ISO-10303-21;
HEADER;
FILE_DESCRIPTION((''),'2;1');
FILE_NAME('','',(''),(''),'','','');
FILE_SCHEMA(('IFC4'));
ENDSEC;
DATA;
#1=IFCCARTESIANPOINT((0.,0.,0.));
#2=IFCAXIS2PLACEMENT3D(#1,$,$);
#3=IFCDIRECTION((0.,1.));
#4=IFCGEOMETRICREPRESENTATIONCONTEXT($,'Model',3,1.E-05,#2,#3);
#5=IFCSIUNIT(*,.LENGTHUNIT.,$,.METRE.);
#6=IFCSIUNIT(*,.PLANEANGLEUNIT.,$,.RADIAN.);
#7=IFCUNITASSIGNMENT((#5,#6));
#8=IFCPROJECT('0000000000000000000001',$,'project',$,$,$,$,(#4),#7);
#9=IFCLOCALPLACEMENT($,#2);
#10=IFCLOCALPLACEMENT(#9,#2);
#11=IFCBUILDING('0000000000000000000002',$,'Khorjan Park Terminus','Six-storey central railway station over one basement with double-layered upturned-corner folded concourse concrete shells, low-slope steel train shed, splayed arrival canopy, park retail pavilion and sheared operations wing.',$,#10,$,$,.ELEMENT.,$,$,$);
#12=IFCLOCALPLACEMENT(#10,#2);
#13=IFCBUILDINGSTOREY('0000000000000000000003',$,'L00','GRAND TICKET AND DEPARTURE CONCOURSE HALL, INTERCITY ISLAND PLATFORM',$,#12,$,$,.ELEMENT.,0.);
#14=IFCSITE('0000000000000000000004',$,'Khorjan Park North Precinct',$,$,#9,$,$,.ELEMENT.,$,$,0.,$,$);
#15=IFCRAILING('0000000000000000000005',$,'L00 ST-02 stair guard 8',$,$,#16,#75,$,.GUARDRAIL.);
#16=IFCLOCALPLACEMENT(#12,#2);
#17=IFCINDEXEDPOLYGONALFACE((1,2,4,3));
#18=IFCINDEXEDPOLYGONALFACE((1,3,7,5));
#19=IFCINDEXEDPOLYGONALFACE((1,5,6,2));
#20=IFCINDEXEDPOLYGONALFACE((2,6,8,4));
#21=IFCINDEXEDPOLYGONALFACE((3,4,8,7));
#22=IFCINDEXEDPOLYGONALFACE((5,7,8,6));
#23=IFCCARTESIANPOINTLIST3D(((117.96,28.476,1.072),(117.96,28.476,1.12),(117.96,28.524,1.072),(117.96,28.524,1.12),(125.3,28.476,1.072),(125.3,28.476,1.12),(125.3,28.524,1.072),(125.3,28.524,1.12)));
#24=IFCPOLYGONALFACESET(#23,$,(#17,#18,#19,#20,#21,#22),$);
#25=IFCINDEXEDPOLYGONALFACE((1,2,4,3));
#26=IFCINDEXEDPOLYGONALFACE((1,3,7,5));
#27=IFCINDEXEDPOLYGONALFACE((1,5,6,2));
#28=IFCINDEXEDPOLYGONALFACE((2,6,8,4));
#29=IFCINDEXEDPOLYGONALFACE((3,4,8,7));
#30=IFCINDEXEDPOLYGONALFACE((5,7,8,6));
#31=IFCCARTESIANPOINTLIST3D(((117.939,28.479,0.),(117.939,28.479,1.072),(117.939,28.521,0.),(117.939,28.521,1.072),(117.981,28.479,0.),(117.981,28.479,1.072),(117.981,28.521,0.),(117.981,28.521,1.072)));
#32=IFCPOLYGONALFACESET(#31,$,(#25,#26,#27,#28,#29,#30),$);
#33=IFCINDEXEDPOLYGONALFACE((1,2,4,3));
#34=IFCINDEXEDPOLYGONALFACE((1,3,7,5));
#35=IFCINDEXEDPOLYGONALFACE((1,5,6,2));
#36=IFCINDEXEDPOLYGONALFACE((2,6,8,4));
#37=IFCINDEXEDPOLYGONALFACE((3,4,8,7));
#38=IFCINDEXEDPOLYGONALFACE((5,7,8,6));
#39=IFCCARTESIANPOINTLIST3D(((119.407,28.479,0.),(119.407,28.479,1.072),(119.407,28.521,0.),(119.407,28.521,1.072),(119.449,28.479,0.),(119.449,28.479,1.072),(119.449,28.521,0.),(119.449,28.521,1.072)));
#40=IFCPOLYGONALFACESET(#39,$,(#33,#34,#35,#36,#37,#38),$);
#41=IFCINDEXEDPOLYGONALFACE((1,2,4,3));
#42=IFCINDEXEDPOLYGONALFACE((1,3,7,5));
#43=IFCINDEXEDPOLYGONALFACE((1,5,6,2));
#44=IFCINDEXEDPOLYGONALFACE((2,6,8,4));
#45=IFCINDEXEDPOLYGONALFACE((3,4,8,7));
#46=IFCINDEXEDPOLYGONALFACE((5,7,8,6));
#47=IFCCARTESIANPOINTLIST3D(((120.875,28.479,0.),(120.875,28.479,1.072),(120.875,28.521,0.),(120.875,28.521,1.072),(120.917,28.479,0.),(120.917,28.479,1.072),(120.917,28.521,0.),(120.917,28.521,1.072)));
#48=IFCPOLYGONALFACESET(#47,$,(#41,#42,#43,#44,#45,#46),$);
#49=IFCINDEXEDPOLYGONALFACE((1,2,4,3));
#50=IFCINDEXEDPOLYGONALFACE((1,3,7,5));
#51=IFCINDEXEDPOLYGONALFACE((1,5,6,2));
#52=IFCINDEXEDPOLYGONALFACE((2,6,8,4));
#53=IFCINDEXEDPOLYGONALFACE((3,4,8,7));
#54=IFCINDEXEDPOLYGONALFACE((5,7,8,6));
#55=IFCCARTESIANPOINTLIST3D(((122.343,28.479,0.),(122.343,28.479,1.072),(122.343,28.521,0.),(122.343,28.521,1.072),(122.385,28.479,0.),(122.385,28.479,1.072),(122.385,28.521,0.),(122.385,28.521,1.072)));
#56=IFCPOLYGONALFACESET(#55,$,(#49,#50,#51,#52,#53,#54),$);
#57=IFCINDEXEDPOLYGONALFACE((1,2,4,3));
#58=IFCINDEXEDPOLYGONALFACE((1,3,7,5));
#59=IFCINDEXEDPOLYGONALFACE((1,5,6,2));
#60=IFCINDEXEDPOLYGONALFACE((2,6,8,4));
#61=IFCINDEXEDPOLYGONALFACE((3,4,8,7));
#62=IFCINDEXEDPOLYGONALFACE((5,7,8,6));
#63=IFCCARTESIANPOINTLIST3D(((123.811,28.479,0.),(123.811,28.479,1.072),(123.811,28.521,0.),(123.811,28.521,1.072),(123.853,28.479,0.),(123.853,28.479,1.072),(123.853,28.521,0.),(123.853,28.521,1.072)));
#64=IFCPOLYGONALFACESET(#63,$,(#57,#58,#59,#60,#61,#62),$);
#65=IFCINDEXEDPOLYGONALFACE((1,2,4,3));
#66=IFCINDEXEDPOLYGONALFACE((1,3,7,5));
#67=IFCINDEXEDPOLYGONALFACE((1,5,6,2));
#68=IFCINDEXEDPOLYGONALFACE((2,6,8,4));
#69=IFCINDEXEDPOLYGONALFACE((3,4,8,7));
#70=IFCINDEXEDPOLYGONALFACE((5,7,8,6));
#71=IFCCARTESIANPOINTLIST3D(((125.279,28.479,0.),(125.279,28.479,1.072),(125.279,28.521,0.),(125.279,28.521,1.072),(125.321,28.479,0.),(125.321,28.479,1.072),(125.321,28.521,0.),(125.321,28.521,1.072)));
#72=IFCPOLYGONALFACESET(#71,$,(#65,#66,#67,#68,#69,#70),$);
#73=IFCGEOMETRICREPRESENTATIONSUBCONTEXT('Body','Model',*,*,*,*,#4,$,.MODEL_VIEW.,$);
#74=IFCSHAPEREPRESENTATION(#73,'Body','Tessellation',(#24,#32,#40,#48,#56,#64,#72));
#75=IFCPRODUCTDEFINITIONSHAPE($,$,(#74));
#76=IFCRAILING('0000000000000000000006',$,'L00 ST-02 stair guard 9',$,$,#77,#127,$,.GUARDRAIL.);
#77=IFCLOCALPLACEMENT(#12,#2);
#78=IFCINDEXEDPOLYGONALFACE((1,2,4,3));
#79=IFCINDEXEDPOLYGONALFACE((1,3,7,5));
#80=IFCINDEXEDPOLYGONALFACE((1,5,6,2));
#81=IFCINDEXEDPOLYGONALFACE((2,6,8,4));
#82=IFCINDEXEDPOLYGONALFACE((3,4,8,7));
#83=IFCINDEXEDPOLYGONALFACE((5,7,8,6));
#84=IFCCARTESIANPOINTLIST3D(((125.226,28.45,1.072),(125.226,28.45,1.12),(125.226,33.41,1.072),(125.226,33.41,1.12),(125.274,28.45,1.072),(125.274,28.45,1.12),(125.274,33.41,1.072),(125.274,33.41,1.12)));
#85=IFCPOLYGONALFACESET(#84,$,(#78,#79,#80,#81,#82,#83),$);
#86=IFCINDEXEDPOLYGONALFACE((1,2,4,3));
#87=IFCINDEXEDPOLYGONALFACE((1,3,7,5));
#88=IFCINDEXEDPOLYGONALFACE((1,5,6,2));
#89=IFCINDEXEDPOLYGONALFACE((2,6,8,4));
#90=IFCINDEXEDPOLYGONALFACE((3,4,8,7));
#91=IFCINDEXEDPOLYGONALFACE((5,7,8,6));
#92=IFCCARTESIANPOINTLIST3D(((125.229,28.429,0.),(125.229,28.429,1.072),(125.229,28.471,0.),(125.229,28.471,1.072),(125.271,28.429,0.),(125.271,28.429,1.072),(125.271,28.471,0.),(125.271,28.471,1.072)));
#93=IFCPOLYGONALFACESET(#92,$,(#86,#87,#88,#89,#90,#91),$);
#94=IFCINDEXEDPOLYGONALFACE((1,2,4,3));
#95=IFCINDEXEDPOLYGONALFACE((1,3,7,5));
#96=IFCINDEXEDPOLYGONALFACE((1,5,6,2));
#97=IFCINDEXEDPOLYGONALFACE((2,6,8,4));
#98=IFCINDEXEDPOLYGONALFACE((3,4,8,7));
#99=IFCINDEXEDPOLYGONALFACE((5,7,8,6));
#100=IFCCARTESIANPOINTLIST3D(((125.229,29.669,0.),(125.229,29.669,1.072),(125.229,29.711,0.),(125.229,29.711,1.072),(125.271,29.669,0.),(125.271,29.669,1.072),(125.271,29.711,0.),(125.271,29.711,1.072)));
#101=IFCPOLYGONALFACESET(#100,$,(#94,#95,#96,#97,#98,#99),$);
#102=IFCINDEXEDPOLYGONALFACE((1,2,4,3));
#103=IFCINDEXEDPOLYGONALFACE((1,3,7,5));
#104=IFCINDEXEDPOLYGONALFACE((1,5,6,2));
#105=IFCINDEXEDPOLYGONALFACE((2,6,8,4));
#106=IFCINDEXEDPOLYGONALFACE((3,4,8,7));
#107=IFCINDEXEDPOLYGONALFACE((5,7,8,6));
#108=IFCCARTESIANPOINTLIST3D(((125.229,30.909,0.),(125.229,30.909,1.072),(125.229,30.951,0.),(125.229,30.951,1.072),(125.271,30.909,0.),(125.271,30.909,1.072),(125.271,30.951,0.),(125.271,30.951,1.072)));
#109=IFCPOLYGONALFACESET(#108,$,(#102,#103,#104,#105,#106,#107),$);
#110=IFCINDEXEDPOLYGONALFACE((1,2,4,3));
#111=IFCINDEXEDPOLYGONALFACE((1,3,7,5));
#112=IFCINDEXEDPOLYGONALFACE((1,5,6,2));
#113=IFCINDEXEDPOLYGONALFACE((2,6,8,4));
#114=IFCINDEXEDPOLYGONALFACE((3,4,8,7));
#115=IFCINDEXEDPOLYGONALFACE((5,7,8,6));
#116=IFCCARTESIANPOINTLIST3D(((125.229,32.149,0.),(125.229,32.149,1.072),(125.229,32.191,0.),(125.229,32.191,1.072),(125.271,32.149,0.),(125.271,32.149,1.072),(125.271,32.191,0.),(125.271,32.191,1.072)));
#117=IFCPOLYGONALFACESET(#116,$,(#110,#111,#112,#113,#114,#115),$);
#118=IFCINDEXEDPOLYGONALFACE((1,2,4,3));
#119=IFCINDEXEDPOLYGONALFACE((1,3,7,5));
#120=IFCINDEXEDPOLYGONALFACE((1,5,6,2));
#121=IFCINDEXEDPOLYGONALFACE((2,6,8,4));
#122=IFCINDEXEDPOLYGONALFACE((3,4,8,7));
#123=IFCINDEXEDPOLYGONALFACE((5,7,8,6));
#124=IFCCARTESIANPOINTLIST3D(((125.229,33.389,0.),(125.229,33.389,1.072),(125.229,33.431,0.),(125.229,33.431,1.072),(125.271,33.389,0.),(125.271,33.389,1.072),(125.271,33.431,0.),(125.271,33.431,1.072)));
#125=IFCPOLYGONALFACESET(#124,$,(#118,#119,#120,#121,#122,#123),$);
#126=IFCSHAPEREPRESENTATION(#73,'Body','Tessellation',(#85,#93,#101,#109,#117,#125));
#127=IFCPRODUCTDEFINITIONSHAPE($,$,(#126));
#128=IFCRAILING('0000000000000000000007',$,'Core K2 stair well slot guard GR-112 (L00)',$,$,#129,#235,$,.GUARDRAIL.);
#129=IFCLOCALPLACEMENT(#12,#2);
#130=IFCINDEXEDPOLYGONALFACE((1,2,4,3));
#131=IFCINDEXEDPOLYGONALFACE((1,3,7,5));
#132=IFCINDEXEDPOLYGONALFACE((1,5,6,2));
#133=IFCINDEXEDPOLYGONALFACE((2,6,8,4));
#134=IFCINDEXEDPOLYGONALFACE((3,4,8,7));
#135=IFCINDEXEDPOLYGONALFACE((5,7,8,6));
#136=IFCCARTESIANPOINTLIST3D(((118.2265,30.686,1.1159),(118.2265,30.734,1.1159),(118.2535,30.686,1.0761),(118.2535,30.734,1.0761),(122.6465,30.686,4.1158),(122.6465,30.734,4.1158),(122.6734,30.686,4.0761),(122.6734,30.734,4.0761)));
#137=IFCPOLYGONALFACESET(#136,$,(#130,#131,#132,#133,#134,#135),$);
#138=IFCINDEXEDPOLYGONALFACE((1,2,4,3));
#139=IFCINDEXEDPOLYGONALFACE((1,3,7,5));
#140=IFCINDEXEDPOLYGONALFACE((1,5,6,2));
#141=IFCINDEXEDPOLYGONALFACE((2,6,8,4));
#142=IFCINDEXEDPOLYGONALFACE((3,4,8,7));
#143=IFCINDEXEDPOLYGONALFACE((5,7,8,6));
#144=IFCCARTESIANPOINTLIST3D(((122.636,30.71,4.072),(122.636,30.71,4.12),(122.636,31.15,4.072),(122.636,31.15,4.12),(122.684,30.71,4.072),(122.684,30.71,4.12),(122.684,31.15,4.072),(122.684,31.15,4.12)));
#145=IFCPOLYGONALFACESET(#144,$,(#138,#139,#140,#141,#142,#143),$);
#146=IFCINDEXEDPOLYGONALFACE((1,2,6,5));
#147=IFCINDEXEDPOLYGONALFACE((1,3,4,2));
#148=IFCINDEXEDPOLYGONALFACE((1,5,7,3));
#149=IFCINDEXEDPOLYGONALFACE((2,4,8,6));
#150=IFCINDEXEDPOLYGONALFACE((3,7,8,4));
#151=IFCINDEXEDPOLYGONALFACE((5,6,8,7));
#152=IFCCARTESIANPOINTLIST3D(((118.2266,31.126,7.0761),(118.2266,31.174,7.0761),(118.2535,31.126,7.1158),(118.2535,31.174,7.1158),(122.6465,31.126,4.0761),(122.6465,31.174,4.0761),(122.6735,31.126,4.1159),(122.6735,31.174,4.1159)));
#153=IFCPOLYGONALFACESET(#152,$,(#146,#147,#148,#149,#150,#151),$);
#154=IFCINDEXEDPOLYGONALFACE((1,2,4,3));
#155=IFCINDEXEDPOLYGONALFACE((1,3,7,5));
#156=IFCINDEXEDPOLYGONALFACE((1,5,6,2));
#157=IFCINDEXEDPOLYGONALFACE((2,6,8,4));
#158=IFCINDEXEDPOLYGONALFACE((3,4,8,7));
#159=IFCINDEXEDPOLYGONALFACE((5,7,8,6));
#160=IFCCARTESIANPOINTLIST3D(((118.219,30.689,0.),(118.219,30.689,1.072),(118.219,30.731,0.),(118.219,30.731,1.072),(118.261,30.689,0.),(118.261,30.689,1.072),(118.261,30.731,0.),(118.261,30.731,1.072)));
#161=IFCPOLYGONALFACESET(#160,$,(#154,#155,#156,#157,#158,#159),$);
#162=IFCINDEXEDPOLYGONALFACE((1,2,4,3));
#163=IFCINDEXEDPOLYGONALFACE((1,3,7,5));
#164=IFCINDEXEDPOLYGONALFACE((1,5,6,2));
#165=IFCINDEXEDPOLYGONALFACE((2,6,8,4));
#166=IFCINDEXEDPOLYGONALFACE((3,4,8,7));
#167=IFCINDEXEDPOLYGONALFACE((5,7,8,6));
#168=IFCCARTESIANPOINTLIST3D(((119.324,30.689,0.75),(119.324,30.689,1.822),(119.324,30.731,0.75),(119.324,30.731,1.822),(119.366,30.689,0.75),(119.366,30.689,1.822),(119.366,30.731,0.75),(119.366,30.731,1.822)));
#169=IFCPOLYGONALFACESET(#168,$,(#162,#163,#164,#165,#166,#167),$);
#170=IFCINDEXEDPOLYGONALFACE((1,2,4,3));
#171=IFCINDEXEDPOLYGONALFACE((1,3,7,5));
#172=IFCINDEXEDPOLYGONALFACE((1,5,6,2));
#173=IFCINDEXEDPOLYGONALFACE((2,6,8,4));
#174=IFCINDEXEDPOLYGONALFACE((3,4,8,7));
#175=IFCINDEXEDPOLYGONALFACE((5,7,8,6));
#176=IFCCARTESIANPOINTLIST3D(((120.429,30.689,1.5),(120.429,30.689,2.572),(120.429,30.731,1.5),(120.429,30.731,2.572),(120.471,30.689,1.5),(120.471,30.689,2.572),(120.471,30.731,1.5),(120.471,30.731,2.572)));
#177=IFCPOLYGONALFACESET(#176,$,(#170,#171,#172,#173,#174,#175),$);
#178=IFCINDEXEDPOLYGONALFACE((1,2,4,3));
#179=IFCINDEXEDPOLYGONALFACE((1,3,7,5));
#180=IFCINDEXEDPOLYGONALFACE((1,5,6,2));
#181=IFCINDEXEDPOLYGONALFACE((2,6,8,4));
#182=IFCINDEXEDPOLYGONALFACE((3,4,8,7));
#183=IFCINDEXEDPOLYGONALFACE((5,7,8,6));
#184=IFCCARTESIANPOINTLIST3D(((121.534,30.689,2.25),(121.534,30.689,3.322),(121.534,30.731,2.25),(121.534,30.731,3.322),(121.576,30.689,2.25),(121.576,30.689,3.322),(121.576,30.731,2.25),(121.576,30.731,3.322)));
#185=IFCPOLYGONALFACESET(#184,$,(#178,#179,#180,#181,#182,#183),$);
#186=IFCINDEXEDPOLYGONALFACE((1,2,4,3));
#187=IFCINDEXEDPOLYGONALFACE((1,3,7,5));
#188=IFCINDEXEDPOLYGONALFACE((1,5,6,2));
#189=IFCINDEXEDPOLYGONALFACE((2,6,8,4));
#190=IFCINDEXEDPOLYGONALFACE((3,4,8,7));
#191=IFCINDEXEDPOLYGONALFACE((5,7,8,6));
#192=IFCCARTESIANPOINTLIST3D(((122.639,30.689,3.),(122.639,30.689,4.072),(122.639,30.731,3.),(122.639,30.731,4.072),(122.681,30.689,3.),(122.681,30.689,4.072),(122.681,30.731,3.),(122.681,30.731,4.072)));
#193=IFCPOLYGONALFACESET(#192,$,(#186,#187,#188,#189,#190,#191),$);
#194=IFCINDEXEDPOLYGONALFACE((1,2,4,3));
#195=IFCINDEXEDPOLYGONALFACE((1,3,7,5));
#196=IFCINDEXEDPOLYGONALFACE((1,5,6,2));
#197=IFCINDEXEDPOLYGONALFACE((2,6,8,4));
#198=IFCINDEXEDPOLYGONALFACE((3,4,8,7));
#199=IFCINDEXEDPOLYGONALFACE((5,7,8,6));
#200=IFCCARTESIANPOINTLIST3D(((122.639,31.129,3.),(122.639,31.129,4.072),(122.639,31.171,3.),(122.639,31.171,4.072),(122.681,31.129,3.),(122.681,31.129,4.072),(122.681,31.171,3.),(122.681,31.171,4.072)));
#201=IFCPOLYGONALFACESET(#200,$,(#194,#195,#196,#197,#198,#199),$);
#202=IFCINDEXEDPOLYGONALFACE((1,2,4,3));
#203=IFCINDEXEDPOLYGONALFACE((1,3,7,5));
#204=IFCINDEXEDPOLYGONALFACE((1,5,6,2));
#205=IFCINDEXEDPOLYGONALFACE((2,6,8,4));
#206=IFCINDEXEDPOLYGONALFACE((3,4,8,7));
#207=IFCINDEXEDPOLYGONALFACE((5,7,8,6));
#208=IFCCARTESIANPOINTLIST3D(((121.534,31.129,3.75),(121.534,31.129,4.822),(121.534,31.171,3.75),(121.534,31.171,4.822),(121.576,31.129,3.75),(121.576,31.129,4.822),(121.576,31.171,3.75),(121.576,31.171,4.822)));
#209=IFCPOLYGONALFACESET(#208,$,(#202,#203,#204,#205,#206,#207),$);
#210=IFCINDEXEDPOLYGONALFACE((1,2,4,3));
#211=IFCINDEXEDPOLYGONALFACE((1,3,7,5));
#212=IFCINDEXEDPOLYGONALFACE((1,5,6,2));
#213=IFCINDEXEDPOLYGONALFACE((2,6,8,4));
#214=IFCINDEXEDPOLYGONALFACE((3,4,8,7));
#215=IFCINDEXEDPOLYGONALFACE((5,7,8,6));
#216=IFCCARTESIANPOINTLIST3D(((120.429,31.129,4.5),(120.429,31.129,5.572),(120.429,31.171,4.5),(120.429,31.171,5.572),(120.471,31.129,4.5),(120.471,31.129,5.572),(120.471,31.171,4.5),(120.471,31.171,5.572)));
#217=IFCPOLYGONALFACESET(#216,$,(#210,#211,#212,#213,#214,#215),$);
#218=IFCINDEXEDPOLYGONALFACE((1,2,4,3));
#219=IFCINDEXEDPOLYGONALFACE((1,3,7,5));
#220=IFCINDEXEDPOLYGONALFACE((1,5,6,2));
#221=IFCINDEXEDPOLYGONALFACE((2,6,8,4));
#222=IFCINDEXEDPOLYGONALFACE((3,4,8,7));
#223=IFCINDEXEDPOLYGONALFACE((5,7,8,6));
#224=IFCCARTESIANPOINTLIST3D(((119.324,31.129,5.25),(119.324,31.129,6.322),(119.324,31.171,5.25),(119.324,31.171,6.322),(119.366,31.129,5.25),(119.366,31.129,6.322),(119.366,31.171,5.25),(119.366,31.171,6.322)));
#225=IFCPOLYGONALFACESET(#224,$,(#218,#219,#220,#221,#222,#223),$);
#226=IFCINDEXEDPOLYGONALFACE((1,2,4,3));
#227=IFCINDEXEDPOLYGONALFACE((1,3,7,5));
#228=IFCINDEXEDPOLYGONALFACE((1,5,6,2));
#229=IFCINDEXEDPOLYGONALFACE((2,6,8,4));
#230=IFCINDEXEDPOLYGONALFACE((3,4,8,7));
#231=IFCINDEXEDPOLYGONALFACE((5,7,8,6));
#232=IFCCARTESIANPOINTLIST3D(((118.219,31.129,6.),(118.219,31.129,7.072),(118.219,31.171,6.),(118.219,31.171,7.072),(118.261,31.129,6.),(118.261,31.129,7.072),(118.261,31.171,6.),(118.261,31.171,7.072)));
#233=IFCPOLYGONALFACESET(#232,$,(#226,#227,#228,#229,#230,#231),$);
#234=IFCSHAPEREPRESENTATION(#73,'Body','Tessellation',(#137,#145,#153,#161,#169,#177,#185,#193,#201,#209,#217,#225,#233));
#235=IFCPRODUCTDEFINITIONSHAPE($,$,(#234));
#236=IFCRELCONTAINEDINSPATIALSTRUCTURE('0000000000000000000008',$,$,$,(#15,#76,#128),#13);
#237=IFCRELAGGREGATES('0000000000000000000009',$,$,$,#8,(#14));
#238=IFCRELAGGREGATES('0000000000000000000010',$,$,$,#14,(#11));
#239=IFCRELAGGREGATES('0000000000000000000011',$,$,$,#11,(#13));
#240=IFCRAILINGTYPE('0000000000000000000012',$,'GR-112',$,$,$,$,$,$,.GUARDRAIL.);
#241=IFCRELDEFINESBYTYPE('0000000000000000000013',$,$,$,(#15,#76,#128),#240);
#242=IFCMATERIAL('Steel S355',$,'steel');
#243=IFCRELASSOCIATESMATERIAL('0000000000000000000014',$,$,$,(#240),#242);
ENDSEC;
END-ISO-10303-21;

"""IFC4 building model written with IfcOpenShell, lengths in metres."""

from ifc_helpers import new_model, si_unit, direction, frame, origin, origin_2d, place, context, subcontext, project, spatial, rectangle, extrude, material, type_object, element, save


model = new_model("IFC4")

# Units and contexts
model_context = context("Model", 3, precision=1e-05, world=origin(), true_north=direction((0.0, 1.0)))
body_context = subcontext(model_context, "Body", "Model", "MODEL_VIEW")
ifc_project = project(units=[si_unit("LENGTHUNIT", "METRE"), si_unit("PLANEANGLEUNIT", "RADIAN")], contexts=[model_context])

# Site, building, storey
site_placement = place(None, origin())
site = spatial("IfcSite", under=ifc_project, at=site_placement, Name="Khorjan Park North Precinct", CompositionType="ELEMENT", RefElevation=0.0)
building_placement = place(site_placement, origin())
building = spatial("IfcBuilding", under=site, at=building_placement, Name="Khorjan Park Terminus", Description="Six-storey central railway station over one basement with double-layered upturned-corner folded concourse concrete shells, low-slope steel train shed, splayed arrival canopy, park retail pavilion and sheared operations wing.", CompositionType="ELEMENT")
storey_placement = place(building_placement, origin())
storey = spatial("IfcBuildingStorey", under=building, at=storey_placement, Name="L00", Description="GRAND TICKET AND DEPARTURE CONCOURSE HALL, INTERCITY ISLAND PLATFORM", CompositionType="ELEMENT", Elevation=0.0)

# Railings
ifc_material_1 = material(Name="Steel S355", Category="steel")
railing_type_1 = type_object("IfcRailingType", Name="GR-112", PredefinedType="GUARDRAIL", material=ifc_material_1)
railing_1_placement = place(storey_placement, frame((117.96, 28.5, 0.0)))
element("IfcRailing", 1, at=railing_1_placement, inside=storey, type_object=railing_type_1, Name="L00 ST-02 stair guard 8", PredefinedType="GUARDRAIL", context=body_context, shape_type="SweptSolid", body=[
    extrude(rectangle(XDim=0.048, YDim=0.048, at=origin_2d()), frame((0.0, 0.0, 1.096), z_axis=(1.0, 0.0, 0.0), x_axis=(0.0, 1.0, 0.0)), (0.0, 0.0, 1.0), 7.34),
    extrude(rectangle(XDim=0.042, YDim=0.042, at=origin_2d()), origin(), (0.0, 0.0, 1.0), 1.072),
    extrude(rectangle(XDim=0.042, YDim=0.042, at=origin_2d()), frame((1.468, 0.0, 0.0)), (0.0, 0.0, 1.0), 1.072),
    extrude(rectangle(XDim=0.042, YDim=0.042, at=origin_2d()), frame((2.936, 0.0, 0.0)), (0.0, 0.0, 1.0), 1.072),
    extrude(rectangle(XDim=0.042, YDim=0.042, at=origin_2d()), frame((4.404, 0.0, 0.0)), (0.0, 0.0, 1.0), 1.072),
    extrude(rectangle(XDim=0.042, YDim=0.042, at=origin_2d()), frame((5.872, 0.0, 0.0)), (0.0, 0.0, 1.0), 1.072),
    extrude(rectangle(XDim=0.042, YDim=0.042, at=origin_2d()), frame((7.34, 0.0, 0.0)), (0.0, 0.0, 1.0), 1.072),
])
railing_2_placement = place(storey_placement, frame((125.25, 28.45, 0.0)))
element("IfcRailing", 2, at=railing_2_placement, inside=storey, type_object=railing_type_1, Name="L00 ST-02 stair guard 9", PredefinedType="GUARDRAIL", context=body_context, shape_type="SweptSolid", body=[
    extrude(rectangle(XDim=0.048, YDim=0.048, at=origin_2d()), frame((0.0, 0.0, 1.096), z_axis=(0.0, 1.0, 0.0), x_axis=(-1.0, 0.0, 0.0)), (0.0, 0.0, 1.0), 4.96),
    extrude(rectangle(XDim=0.042, YDim=0.042, at=origin_2d()), origin(), (0.0, 0.0, 1.0), 1.072),
    extrude(rectangle(XDim=0.042, YDim=0.042, at=origin_2d()), frame((0.0, 1.24, 0.0)), (0.0, 0.0, 1.0), 1.072),
    extrude(rectangle(XDim=0.042, YDim=0.042, at=origin_2d()), frame((0.0, 2.48, 0.0)), (0.0, 0.0, 1.0), 1.072),
    extrude(rectangle(XDim=0.042, YDim=0.042, at=origin_2d()), frame((0.0, 3.72, 0.0)), (0.0, 0.0, 1.0), 1.072),
    extrude(rectangle(XDim=0.042, YDim=0.042, at=origin_2d()), frame((0.0, 4.96, 0.0)), (0.0, 0.0, 1.0), 1.072),
])
railing_3_placement = place(storey_placement, frame((118.24, 30.71, 0.0)))
element("IfcRailing", 3, at=railing_3_placement, inside=storey, type_object=railing_type_1, Name="Core K2 stair well slot guard GR-112 (L00)", PredefinedType="GUARDRAIL", context=body_context, shape_type="SweptSolid", body=[
    extrude(rectangle(XDim=0.048, YDim=0.048, at=origin_2d()), frame((0.0, 0.0, 1.096), z_axis=(0.827414, 0.0, 0.561593), x_axis=(0.0, 1.0, 0.0)), (0.0, 0.0, 1.0), 5.3419),
    extrude(rectangle(XDim=0.048, YDim=0.048, at=origin_2d()), frame((4.42, 0.0, 4.096), z_axis=(0.0, 1.0, 0.0), x_axis=(-1.0, 0.0, 0.0)), (0.0, 0.0, 1.0), 0.44),
    extrude(rectangle(XDim=0.048, YDim=0.048, at=origin_2d()), frame((4.42, 0.44, 4.096), z_axis=(-0.827414, 0.0, 0.561593), x_axis=(0.0, -1.0, 0.0)), (0.0, 0.0, 1.0), 5.3419),
    extrude(rectangle(XDim=0.042, YDim=0.042, at=origin_2d()), origin(), (0.0, 0.0, 1.0), 1.072),
    extrude(rectangle(XDim=0.042, YDim=0.042, at=origin_2d()), frame((1.105, 0.0, 0.75)), (0.0, 0.0, 1.0), 1.072),
    extrude(rectangle(XDim=0.042, YDim=0.042, at=origin_2d()), frame((2.21, 0.0, 1.5)), (0.0, 0.0, 1.0), 1.072),
    extrude(rectangle(XDim=0.042, YDim=0.042, at=origin_2d()), frame((3.315, 0.0, 2.25)), (0.0, 0.0, 1.0), 1.072),
    extrude(rectangle(XDim=0.042, YDim=0.042, at=origin_2d()), frame((4.42, 0.0, 3.0)), (0.0, 0.0, 1.0), 1.072),
    extrude(rectangle(XDim=0.042, YDim=0.042, at=origin_2d()), frame((4.42, 0.44, 3.0)), (0.0, 0.0, 1.0), 1.072),
    extrude(rectangle(XDim=0.042, YDim=0.042, at=origin_2d()), frame((3.315, 0.44, 3.75)), (0.0, 0.0, 1.0), 1.072),
    extrude(rectangle(XDim=0.042, YDim=0.042, at=origin_2d()), frame((2.21, 0.44, 4.5)), (0.0, 0.0, 1.0), 1.072),
    extrude(rectangle(XDim=0.042, YDim=0.042, at=origin_2d()), frame((1.105, 0.44, 5.25)), (0.0, 0.0, 1.0), 1.072),
    extrude(rectangle(XDim=0.042, YDim=0.042, at=origin_2d()), frame((0.0, 0.44, 6.0)), (0.0, 0.0, 1.0), 1.072),
])

save(model, "model.ifc")
